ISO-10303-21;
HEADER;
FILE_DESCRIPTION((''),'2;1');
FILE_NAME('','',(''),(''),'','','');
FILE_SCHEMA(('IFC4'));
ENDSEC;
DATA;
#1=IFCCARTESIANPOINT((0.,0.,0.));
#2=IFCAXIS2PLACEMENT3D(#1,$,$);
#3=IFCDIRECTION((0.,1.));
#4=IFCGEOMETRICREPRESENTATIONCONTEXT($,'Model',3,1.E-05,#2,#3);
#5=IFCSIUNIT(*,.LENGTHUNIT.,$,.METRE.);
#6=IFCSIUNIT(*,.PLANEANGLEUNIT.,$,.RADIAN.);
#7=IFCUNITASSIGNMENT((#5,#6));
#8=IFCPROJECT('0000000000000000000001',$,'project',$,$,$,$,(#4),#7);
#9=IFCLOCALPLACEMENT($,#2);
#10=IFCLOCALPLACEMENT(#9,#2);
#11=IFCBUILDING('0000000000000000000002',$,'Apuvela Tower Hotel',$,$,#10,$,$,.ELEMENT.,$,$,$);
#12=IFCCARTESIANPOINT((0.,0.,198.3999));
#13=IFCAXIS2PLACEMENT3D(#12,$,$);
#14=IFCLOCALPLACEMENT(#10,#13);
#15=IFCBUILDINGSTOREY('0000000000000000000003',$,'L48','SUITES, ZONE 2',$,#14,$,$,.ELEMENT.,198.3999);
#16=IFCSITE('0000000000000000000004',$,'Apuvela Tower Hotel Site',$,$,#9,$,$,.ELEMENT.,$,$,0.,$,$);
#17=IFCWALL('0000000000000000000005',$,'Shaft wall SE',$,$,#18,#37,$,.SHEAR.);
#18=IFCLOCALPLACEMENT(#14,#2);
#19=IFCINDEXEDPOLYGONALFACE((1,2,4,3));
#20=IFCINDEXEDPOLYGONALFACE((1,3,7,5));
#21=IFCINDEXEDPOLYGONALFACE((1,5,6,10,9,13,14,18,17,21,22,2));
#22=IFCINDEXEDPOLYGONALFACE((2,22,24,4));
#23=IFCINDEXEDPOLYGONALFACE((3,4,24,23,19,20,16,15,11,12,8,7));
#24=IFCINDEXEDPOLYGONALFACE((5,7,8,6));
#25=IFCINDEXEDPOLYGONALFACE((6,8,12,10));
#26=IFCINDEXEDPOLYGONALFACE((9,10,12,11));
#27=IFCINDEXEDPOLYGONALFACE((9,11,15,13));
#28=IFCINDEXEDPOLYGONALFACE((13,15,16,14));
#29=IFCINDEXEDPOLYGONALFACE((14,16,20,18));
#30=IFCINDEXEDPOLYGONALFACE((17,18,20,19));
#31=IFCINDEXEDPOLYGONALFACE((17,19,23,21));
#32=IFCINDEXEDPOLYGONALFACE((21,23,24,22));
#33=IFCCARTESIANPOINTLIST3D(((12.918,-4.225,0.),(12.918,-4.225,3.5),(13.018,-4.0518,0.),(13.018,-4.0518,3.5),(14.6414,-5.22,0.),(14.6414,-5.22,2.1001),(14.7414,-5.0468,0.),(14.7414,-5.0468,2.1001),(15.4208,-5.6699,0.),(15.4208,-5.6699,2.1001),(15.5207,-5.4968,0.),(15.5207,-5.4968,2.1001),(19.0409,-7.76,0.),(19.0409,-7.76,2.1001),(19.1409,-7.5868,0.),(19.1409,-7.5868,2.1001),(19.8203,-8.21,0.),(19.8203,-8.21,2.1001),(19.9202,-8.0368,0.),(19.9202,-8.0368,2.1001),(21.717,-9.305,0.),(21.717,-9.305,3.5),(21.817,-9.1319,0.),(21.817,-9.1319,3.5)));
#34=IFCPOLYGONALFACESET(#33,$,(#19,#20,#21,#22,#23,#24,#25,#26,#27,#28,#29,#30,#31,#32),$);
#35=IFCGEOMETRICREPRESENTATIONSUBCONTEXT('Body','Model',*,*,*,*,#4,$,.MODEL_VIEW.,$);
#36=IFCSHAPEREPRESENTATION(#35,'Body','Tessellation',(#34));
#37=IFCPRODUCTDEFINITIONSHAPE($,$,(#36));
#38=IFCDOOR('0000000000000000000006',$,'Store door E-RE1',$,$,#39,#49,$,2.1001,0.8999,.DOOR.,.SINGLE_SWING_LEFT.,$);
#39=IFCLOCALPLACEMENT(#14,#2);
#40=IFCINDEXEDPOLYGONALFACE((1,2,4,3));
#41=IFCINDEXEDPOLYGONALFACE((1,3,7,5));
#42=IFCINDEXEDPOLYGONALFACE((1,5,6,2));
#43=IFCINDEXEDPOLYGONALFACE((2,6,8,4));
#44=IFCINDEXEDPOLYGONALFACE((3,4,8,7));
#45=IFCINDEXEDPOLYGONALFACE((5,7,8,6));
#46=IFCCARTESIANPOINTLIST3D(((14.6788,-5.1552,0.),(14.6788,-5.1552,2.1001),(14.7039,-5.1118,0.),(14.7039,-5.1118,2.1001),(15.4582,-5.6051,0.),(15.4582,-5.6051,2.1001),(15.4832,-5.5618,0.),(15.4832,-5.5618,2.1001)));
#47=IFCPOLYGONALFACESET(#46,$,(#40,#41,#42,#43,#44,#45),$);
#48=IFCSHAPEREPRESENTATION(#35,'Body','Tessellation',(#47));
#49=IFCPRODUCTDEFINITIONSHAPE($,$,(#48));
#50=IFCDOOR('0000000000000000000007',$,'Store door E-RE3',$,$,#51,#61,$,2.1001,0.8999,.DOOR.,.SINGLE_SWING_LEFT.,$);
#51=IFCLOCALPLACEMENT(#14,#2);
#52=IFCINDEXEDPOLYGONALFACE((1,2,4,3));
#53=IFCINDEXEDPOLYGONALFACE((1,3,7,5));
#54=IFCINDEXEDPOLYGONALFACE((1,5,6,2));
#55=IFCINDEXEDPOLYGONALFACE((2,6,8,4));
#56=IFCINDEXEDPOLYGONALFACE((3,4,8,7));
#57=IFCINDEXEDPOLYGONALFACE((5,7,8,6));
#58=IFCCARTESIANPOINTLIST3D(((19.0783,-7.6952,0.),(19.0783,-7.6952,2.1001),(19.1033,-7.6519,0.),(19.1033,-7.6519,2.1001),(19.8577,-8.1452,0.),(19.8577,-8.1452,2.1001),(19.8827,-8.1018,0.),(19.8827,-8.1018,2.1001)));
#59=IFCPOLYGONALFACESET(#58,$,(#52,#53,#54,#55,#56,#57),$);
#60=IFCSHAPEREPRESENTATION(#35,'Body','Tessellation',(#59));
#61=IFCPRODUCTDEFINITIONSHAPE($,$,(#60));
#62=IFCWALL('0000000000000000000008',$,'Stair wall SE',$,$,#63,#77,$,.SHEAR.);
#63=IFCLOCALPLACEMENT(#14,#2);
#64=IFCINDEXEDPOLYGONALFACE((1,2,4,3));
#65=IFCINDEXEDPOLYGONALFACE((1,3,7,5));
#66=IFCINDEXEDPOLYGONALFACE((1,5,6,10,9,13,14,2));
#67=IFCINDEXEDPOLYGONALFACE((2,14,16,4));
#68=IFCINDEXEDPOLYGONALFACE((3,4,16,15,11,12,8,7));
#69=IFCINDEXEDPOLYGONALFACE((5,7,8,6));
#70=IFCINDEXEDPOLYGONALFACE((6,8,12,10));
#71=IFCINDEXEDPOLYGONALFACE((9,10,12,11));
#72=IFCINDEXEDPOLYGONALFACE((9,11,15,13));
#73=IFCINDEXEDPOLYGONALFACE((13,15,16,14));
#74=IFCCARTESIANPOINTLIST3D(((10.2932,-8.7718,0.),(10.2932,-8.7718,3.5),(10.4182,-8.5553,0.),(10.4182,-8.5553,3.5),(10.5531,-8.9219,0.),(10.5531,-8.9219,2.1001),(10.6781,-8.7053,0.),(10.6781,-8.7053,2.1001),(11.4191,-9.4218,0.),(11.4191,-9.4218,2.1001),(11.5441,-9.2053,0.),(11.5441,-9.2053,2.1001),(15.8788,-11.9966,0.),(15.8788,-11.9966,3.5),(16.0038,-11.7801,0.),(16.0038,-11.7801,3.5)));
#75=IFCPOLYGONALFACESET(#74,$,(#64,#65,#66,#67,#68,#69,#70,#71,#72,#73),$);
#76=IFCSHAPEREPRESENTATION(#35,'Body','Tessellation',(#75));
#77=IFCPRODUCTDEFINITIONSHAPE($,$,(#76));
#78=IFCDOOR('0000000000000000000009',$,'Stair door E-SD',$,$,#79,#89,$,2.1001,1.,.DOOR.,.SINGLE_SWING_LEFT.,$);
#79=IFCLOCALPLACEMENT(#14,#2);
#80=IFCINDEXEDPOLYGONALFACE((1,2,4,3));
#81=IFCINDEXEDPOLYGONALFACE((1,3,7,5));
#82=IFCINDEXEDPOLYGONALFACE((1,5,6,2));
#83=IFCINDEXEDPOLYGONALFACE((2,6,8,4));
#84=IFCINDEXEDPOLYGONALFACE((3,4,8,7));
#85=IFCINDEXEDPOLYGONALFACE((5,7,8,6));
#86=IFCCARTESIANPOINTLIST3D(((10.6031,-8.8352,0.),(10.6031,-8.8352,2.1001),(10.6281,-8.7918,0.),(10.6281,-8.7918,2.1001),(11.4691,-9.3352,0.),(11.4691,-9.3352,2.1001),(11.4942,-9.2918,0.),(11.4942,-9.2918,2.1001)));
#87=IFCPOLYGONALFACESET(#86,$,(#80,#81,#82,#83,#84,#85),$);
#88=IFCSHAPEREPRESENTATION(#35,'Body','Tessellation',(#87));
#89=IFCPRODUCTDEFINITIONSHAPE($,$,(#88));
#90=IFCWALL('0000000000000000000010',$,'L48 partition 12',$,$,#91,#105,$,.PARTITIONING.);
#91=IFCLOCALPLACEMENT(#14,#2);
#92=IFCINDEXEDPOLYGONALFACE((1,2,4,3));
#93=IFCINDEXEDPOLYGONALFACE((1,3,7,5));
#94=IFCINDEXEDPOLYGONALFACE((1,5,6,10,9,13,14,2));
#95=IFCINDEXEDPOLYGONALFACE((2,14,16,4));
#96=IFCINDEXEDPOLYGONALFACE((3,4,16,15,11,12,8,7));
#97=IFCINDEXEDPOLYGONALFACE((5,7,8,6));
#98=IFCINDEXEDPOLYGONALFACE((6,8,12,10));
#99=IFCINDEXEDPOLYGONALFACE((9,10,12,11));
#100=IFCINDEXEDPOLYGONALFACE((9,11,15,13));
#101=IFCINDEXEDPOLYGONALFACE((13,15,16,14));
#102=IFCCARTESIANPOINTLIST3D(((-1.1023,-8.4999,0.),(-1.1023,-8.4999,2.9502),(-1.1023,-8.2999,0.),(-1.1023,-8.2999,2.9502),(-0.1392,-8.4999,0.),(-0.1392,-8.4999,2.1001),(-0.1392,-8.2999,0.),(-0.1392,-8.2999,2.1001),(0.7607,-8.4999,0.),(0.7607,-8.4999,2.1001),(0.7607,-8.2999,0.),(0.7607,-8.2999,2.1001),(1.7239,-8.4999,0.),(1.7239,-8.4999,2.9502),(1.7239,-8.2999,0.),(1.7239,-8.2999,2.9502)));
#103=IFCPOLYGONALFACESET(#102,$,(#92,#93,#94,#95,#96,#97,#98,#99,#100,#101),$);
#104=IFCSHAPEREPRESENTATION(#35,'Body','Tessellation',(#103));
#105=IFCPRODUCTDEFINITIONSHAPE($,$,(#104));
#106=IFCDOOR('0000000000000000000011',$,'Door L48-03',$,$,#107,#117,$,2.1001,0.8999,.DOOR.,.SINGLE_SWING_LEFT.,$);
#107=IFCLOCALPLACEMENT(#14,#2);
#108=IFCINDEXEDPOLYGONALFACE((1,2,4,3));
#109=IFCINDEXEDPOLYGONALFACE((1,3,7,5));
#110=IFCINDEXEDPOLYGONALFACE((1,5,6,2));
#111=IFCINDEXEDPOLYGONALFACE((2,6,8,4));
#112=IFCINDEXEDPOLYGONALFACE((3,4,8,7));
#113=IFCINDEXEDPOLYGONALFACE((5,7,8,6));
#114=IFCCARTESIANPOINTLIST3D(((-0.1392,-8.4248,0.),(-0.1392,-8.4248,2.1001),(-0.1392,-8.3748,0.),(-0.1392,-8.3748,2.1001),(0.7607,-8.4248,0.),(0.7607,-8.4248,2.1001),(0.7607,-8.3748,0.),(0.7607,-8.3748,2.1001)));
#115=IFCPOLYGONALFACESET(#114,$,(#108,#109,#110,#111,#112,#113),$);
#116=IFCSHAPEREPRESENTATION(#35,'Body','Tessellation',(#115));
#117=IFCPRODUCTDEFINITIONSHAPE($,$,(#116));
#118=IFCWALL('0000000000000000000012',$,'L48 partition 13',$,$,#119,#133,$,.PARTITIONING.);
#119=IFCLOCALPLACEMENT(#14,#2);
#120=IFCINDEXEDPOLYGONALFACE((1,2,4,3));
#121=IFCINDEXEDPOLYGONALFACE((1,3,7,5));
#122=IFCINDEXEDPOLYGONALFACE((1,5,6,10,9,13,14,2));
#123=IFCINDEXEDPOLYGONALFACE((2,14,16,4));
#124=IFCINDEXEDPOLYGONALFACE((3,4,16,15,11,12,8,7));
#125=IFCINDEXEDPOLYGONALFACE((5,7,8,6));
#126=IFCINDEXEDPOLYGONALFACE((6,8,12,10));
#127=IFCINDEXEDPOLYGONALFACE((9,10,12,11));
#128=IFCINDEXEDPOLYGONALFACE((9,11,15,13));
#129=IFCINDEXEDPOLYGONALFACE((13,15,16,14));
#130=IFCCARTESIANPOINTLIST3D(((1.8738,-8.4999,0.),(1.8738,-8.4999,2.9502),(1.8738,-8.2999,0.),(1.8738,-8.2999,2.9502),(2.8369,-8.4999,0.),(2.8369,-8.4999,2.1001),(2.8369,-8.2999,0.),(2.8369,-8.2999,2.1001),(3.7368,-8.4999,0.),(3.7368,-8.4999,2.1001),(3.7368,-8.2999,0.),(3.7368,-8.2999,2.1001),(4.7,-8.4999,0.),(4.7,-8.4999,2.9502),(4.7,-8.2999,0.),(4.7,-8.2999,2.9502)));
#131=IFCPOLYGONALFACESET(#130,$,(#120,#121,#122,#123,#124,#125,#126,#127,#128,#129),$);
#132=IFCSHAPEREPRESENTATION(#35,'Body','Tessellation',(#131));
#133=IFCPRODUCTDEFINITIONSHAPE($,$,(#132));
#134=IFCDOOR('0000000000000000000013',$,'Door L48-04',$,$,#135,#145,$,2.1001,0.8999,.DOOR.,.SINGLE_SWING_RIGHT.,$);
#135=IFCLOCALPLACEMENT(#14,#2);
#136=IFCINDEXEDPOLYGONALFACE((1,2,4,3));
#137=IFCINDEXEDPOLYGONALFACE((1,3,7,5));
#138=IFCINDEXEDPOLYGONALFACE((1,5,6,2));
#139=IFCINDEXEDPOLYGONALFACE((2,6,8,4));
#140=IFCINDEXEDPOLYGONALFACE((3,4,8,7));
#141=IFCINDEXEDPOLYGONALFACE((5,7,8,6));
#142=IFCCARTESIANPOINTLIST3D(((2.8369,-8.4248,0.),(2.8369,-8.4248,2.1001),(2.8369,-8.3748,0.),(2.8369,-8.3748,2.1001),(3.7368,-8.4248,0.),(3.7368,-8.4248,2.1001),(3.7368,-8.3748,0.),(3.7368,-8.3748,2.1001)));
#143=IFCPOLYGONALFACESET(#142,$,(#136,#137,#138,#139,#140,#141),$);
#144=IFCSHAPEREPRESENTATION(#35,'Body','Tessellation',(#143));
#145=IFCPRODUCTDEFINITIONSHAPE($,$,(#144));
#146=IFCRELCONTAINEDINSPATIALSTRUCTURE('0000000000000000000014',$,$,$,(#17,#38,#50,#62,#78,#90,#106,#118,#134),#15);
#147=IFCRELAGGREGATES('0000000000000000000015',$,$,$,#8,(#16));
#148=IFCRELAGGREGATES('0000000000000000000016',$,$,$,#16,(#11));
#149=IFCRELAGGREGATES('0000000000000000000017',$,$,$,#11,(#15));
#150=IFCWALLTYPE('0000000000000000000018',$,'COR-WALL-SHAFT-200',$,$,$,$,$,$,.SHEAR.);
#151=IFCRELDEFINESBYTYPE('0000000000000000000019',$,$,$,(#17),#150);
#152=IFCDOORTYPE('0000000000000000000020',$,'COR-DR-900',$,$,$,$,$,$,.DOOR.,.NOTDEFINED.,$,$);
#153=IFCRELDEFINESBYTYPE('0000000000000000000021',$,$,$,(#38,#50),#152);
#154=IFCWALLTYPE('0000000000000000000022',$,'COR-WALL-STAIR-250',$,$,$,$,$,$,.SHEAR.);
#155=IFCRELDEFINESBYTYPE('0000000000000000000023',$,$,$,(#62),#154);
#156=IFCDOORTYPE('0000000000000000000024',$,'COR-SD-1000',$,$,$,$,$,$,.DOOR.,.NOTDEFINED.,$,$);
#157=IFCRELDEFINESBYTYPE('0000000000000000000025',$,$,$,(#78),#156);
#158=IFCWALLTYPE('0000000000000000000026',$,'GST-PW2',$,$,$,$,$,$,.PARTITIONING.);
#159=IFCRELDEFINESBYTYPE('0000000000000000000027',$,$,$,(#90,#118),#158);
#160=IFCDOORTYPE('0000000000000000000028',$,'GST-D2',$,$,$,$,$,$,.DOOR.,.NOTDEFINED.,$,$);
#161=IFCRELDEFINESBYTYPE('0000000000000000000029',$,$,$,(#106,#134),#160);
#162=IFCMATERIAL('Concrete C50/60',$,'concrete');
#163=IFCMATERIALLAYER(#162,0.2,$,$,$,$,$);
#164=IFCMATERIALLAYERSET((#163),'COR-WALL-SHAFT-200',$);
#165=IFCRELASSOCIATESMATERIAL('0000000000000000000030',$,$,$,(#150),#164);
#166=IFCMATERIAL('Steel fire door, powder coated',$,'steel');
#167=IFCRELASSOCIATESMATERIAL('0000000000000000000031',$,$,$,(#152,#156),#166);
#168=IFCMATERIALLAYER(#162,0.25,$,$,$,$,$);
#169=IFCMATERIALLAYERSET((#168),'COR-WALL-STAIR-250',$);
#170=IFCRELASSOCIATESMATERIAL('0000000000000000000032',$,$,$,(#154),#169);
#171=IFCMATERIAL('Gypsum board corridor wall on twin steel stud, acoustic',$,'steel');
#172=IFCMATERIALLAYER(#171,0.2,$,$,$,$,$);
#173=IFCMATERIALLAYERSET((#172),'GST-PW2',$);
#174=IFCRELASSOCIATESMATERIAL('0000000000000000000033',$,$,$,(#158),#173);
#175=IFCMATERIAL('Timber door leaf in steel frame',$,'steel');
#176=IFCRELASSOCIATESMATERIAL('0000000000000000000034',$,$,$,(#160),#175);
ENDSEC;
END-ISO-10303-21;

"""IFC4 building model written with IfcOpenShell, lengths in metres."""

from ifc_helpers import new_model, si_unit, direction, frame, frame_2d, origin, place, context, subcontext, project, spatial, rectangle, extrude, material, layer, layer_set, type_object, element, fill, save


model = new_model("IFC4")

# Units and contexts
model_context = context("Model", 3, precision=1e-05, world=origin(), true_north=direction((0.0, 1.0)))
body_context = subcontext(model_context, "Body", "Model", "MODEL_VIEW")
ifc_project = project(units=[si_unit("LENGTHUNIT", "METRE"), si_unit("PLANEANGLEUNIT", "RADIAN")], contexts=[model_context])

# Site, building, storey
site_placement = place(None, origin())
site = spatial("IfcSite", under=ifc_project, at=site_placement, Name="Apuvela Tower Hotel Site", CompositionType="ELEMENT", RefElevation=0.0)
building_placement = place(site_placement, origin())
building = spatial("IfcBuilding", under=site, at=building_placement, Name="Apuvela Tower Hotel", CompositionType="ELEMENT")
storey_placement = place(building_placement, frame((0.0, 0.0, 198.3999)))
storey = spatial("IfcBuildingStorey", under=building, at=storey_placement, Name="L48", Description="SUITES, ZONE 2", CompositionType="ELEMENT", Elevation=198.3999)

# Shared definitions
ifc_material_1 = material(Name="Concrete C50/60", Category="concrete")
ifc_material_2 = material(Name="Steel fire door, powder coated", Category="steel")

# Shared definitions
ifc_layer_1 = layer(ifc_material_1, 0.2)
ifc_layer_set_1 = layer_set([ifc_layer_1], Name="COR-WALL-SHAFT-200")
wall_type_1 = type_object("IfcWallType", Name="COR-WALL-SHAFT-200", PredefinedType="SHEAR", material=ifc_layer_set_1)

# Wall, openings, doors
wall_1_placement = place(storey_placement, frame((12.968, -4.1384, 0.0), z_axis=(0.0, 0.0, 1.0), x_axis=(0.866028, -0.499995, 0.0)))
wall_1 = element("IfcWall", 1, at=wall_1_placement, inside=storey, type_object=wall_type_1, Name="Shaft wall SE", PredefinedType="SHEAR", context=body_context, shape_type="SweptSolid", body=[
    extrude(rectangle(XDim=10.1602, YDim=0.2, at=frame_2d((5.0801, 0.0))), origin(), (0.0, 0.0, 1.0), 3.5),
])
opening_1_placement = place(wall_1_placement, frame((1.99, 0.0, 0.0)))
opening_1 = element("IfcOpeningElement", 2, at=opening_1_placement, cuts=wall_1, PredefinedType="OPENING", context=body_context, shape_type="SweptSolid", body=[
    extrude(rectangle(XDim=0.8999, YDim=2.1001, at=frame_2d((0.45, 1.05))), frame((0.0, 0.1099, 0.0), z_axis=(0.0, -1.0, 0.0), x_axis=(1.0, 0.0, 0.0)), (0.0, 0.0, 1.0), 0.22),
])
opening_2_placement = place(wall_1_placement, frame((7.0701, 0.0, 0.0)))
opening_2 = element("IfcOpeningElement", 3, at=opening_2_placement, cuts=wall_1, PredefinedType="OPENING", context=body_context, shape_type="SweptSolid", body=[
    extrude(rectangle(XDim=0.8999, YDim=2.1001, at=frame_2d((0.45, 1.05))), frame((0.0, 0.1099, 0.0), z_axis=(0.0, -1.0, 0.0), x_axis=(1.0, 0.0, 0.0)), (0.0, 0.0, 1.0), 0.22),
])
door_type_1 = type_object("IfcDoorType", Name="COR-DR-900", OperationType="NOTDEFINED", PredefinedType="DOOR", material=ifc_material_2)
door_1_placement = place(opening_1_placement, origin())
door_1 = element("IfcDoor", 4, at=door_1_placement, inside=storey, type_object=door_type_1, Name="Store door E-RE1", OperationType="SINGLE_SWING_LEFT", OverallHeight=2.1001, OverallWidth=0.8999, PredefinedType="DOOR", context=body_context, shape_type="SweptSolid", body=[
    extrude(rectangle(XDim=0.8999, YDim=2.1001, at=frame_2d((0.45, 1.05))), frame((0.0, 0.0249, 0.0), z_axis=(0.0, -1.0, 0.0), x_axis=(1.0, 0.0, 0.0)), (0.0, 0.0, 1.0), 0.05),
])
fill(opening_1, door_1)
door_2_placement = place(opening_2_placement, origin())
door_2 = element("IfcDoor", 5, at=door_2_placement, inside=storey, type_object=door_type_1, Name="Store door E-RE3", OperationType="SINGLE_SWING_LEFT", OverallHeight=2.1001, OverallWidth=0.8999, PredefinedType="DOOR", context=body_context, shape_type="SweptSolid", body=[
    extrude(rectangle(XDim=0.8999, YDim=2.1001, at=frame_2d((0.45, 1.05))), frame((0.0, 0.0249, 0.0), z_axis=(0.0, -1.0, 0.0), x_axis=(1.0, 0.0, 0.0)), (0.0, 0.0, 1.0), 0.05),
])
fill(opening_2, door_2)

# Walls, openings, doors
ifc_layer_2 = layer(ifc_material_1, 0.25)
ifc_layer_set_2 = layer_set([ifc_layer_2], Name="COR-WALL-STAIR-250")
wall_type_2 = type_object("IfcWallType", Name="COR-WALL-STAIR-250", PredefinedType="SHEAR", material=ifc_layer_set_2)
wall_2_placement = place(storey_placement, frame((10.3557, -8.6636, 0.0), z_axis=(0.0, 0.0, 1.0), x_axis=(0.866029, -0.499994, 0.0)))
wall_2 = element("IfcWall", 6, at=wall_2_placement, inside=storey, type_object=wall_type_2, Name="Stair wall SE", PredefinedType="SHEAR", context=body_context, shape_type="SweptSolid", body=[
    extrude(rectangle(XDim=6.4497, YDim=0.25, at=frame_2d((3.2249, 0.0))), origin(), (0.0, 0.0, 1.0), 3.5),
])
opening_3_placement = place(wall_2_placement, frame((0.3, 0.0, 0.0)))
opening_3 = element("IfcOpeningElement", 7, at=opening_3_placement, cuts=wall_2, PredefinedType="OPENING", context=body_context, shape_type="SweptSolid", body=[
    extrude(rectangle(XDim=1.0, YDim=2.1001, at=frame_2d((0.5, 1.05))), frame((0.0, 0.135, 0.0), z_axis=(0.0, -1.0, 0.0), x_axis=(1.0, 0.0, 0.0)), (0.0, 0.0, 1.0), 0.27),
])
door_type_2 = type_object("IfcDoorType", Name="COR-SD-1000", OperationType="NOTDEFINED", PredefinedType="DOOR", material=ifc_material_2)
door_3_placement = place(opening_3_placement, frame((1.0, 0.0, 0.0), z_axis=(0.0, 0.0, 1.0), x_axis=(-1.0, 0.0, 0.0)))
door_3 = element("IfcDoor", 8, at=door_3_placement, inside=storey, type_object=door_type_2, Name="Stair door E-SD", OperationType="SINGLE_SWING_LEFT", OverallHeight=2.1001, OverallWidth=1.0, PredefinedType="DOOR", context=body_context, shape_type="SweptSolid", body=[
    extrude(rectangle(XDim=1.0, YDim=2.1001, at=frame_2d((0.5, 1.05))), frame((0.0, 0.0249, 0.0), z_axis=(0.0, -1.0, 0.0), x_axis=(1.0, 0.0, 0.0)), (0.0, 0.0, 1.0), 0.05),
])
fill(opening_3, door_3)
ifc_material_3 = material(Name="Gypsum board corridor wall on twin steel stud, acoustic", Category="steel")
ifc_layer_3 = layer(ifc_material_3, 0.2)
ifc_layer_set_3 = layer_set([ifc_layer_3], Name="GST-PW2")
wall_type_3 = type_object("IfcWallType", Name="GST-PW2", PredefinedType="PARTITIONING", material=ifc_layer_set_3)
wall_3_placement = place(storey_placement, frame((1.7239, -8.3999, 0.0), z_axis=(0.0, 0.0, 1.0), x_axis=(-1.0, 0.0, 0.0)))
wall_3 = element("IfcWall", 9, at=wall_3_placement, inside=storey, type_object=wall_type_3, Name="L48 partition 12", PredefinedType="PARTITIONING", context=body_context, shape_type="SweptSolid", body=[
    extrude(rectangle(XDim=2.8262, YDim=0.2, at=frame_2d((1.4131, 0.0))), origin(), (0.0, 0.0, 1.0), 2.9502),
])
opening_4_placement = place(wall_3_placement, frame((0.9631, 0.0, 0.0)))
opening_4 = element("IfcOpeningElement", 10, at=opening_4_placement, cuts=wall_3, PredefinedType="OPENING", context=body_context, shape_type="SweptSolid", body=[
    extrude(rectangle(XDim=0.8999, YDim=2.1001, at=frame_2d((0.45, 1.05))), frame((0.0, 0.1099, 0.0), z_axis=(0.0, -1.0, 0.0), x_axis=(1.0, 0.0, 0.0)), (0.0, 0.0, 1.0), 0.22),
])
ifc_material_4 = material(Name="Timber door leaf in steel frame", Category="steel")
door_type_3 = type_object("IfcDoorType", Name="GST-D2", OperationType="NOTDEFINED", PredefinedType="DOOR", material=ifc_material_4)
door_4_placement = place(opening_4_placement, origin())
door_4 = element("IfcDoor", 11, at=door_4_placement, inside=storey, type_object=door_type_3, Name="Door L48-03", OperationType="SINGLE_SWING_LEFT", OverallHeight=2.1001, OverallWidth=0.8999, PredefinedType="DOOR", context=body_context, shape_type="SweptSolid", body=[
    extrude(rectangle(XDim=0.8999, YDim=2.1001, at=frame_2d((0.45, 1.05))), frame((0.0, 0.0249, 0.0), z_axis=(0.0, -1.0, 0.0), x_axis=(1.0, 0.0, 0.0)), (0.0, 0.0, 1.0), 0.05),
])
fill(opening_4, door_4)
wall_4_placement = place(storey_placement, frame((4.7, -8.3999, 0.0), z_axis=(0.0, 0.0, 1.0), x_axis=(-1.0, 0.0, 0.0)))
wall_4 = element("IfcWall", 12, at=wall_4_placement, inside=storey, type_object=wall_type_3, Name="L48 partition 13", PredefinedType="PARTITIONING", context=body_context, shape_type="SweptSolid", body=[
    extrude(rectangle(XDim=2.8262, YDim=0.2, at=frame_2d((1.4131, 0.0))), origin(), (0.0, 0.0, 1.0), 2.9502),
])
opening_5_placement = place(wall_4_placement, frame((0.9631, 0.0, 0.0)))
opening_5 = element("IfcOpeningElement", 13, at=opening_5_placement, cuts=wall_4, PredefinedType="OPENING", context=body_context, shape_type="SweptSolid", body=[
    extrude(rectangle(XDim=0.8999, YDim=2.1001, at=frame_2d((0.45, 1.05))), frame((0.0, 0.1099, 0.0), z_axis=(0.0, -1.0, 0.0), x_axis=(1.0, 0.0, 0.0)), (0.0, 0.0, 1.0), 0.22),
])
door_5_placement = place(opening_5_placement, origin())
door_5 = element("IfcDoor", 14, at=door_5_placement, inside=storey, type_object=door_type_3, Name="Door L48-04", OperationType="SINGLE_SWING_RIGHT", OverallHeight=2.1001, OverallWidth=0.8999, PredefinedType="DOOR", context=body_context, shape_type="SweptSolid", body=[
    extrude(rectangle(XDim=0.8999, YDim=2.1001, at=frame_2d((0.45, 1.05))), frame((0.0, 0.0249, 0.0), z_axis=(0.0, -1.0, 0.0), x_axis=(1.0, 0.0, 0.0)), (0.0, 0.0, 1.0), 0.05),
])
fill(opening_5, door_5)

save(model, "model.ifc")
